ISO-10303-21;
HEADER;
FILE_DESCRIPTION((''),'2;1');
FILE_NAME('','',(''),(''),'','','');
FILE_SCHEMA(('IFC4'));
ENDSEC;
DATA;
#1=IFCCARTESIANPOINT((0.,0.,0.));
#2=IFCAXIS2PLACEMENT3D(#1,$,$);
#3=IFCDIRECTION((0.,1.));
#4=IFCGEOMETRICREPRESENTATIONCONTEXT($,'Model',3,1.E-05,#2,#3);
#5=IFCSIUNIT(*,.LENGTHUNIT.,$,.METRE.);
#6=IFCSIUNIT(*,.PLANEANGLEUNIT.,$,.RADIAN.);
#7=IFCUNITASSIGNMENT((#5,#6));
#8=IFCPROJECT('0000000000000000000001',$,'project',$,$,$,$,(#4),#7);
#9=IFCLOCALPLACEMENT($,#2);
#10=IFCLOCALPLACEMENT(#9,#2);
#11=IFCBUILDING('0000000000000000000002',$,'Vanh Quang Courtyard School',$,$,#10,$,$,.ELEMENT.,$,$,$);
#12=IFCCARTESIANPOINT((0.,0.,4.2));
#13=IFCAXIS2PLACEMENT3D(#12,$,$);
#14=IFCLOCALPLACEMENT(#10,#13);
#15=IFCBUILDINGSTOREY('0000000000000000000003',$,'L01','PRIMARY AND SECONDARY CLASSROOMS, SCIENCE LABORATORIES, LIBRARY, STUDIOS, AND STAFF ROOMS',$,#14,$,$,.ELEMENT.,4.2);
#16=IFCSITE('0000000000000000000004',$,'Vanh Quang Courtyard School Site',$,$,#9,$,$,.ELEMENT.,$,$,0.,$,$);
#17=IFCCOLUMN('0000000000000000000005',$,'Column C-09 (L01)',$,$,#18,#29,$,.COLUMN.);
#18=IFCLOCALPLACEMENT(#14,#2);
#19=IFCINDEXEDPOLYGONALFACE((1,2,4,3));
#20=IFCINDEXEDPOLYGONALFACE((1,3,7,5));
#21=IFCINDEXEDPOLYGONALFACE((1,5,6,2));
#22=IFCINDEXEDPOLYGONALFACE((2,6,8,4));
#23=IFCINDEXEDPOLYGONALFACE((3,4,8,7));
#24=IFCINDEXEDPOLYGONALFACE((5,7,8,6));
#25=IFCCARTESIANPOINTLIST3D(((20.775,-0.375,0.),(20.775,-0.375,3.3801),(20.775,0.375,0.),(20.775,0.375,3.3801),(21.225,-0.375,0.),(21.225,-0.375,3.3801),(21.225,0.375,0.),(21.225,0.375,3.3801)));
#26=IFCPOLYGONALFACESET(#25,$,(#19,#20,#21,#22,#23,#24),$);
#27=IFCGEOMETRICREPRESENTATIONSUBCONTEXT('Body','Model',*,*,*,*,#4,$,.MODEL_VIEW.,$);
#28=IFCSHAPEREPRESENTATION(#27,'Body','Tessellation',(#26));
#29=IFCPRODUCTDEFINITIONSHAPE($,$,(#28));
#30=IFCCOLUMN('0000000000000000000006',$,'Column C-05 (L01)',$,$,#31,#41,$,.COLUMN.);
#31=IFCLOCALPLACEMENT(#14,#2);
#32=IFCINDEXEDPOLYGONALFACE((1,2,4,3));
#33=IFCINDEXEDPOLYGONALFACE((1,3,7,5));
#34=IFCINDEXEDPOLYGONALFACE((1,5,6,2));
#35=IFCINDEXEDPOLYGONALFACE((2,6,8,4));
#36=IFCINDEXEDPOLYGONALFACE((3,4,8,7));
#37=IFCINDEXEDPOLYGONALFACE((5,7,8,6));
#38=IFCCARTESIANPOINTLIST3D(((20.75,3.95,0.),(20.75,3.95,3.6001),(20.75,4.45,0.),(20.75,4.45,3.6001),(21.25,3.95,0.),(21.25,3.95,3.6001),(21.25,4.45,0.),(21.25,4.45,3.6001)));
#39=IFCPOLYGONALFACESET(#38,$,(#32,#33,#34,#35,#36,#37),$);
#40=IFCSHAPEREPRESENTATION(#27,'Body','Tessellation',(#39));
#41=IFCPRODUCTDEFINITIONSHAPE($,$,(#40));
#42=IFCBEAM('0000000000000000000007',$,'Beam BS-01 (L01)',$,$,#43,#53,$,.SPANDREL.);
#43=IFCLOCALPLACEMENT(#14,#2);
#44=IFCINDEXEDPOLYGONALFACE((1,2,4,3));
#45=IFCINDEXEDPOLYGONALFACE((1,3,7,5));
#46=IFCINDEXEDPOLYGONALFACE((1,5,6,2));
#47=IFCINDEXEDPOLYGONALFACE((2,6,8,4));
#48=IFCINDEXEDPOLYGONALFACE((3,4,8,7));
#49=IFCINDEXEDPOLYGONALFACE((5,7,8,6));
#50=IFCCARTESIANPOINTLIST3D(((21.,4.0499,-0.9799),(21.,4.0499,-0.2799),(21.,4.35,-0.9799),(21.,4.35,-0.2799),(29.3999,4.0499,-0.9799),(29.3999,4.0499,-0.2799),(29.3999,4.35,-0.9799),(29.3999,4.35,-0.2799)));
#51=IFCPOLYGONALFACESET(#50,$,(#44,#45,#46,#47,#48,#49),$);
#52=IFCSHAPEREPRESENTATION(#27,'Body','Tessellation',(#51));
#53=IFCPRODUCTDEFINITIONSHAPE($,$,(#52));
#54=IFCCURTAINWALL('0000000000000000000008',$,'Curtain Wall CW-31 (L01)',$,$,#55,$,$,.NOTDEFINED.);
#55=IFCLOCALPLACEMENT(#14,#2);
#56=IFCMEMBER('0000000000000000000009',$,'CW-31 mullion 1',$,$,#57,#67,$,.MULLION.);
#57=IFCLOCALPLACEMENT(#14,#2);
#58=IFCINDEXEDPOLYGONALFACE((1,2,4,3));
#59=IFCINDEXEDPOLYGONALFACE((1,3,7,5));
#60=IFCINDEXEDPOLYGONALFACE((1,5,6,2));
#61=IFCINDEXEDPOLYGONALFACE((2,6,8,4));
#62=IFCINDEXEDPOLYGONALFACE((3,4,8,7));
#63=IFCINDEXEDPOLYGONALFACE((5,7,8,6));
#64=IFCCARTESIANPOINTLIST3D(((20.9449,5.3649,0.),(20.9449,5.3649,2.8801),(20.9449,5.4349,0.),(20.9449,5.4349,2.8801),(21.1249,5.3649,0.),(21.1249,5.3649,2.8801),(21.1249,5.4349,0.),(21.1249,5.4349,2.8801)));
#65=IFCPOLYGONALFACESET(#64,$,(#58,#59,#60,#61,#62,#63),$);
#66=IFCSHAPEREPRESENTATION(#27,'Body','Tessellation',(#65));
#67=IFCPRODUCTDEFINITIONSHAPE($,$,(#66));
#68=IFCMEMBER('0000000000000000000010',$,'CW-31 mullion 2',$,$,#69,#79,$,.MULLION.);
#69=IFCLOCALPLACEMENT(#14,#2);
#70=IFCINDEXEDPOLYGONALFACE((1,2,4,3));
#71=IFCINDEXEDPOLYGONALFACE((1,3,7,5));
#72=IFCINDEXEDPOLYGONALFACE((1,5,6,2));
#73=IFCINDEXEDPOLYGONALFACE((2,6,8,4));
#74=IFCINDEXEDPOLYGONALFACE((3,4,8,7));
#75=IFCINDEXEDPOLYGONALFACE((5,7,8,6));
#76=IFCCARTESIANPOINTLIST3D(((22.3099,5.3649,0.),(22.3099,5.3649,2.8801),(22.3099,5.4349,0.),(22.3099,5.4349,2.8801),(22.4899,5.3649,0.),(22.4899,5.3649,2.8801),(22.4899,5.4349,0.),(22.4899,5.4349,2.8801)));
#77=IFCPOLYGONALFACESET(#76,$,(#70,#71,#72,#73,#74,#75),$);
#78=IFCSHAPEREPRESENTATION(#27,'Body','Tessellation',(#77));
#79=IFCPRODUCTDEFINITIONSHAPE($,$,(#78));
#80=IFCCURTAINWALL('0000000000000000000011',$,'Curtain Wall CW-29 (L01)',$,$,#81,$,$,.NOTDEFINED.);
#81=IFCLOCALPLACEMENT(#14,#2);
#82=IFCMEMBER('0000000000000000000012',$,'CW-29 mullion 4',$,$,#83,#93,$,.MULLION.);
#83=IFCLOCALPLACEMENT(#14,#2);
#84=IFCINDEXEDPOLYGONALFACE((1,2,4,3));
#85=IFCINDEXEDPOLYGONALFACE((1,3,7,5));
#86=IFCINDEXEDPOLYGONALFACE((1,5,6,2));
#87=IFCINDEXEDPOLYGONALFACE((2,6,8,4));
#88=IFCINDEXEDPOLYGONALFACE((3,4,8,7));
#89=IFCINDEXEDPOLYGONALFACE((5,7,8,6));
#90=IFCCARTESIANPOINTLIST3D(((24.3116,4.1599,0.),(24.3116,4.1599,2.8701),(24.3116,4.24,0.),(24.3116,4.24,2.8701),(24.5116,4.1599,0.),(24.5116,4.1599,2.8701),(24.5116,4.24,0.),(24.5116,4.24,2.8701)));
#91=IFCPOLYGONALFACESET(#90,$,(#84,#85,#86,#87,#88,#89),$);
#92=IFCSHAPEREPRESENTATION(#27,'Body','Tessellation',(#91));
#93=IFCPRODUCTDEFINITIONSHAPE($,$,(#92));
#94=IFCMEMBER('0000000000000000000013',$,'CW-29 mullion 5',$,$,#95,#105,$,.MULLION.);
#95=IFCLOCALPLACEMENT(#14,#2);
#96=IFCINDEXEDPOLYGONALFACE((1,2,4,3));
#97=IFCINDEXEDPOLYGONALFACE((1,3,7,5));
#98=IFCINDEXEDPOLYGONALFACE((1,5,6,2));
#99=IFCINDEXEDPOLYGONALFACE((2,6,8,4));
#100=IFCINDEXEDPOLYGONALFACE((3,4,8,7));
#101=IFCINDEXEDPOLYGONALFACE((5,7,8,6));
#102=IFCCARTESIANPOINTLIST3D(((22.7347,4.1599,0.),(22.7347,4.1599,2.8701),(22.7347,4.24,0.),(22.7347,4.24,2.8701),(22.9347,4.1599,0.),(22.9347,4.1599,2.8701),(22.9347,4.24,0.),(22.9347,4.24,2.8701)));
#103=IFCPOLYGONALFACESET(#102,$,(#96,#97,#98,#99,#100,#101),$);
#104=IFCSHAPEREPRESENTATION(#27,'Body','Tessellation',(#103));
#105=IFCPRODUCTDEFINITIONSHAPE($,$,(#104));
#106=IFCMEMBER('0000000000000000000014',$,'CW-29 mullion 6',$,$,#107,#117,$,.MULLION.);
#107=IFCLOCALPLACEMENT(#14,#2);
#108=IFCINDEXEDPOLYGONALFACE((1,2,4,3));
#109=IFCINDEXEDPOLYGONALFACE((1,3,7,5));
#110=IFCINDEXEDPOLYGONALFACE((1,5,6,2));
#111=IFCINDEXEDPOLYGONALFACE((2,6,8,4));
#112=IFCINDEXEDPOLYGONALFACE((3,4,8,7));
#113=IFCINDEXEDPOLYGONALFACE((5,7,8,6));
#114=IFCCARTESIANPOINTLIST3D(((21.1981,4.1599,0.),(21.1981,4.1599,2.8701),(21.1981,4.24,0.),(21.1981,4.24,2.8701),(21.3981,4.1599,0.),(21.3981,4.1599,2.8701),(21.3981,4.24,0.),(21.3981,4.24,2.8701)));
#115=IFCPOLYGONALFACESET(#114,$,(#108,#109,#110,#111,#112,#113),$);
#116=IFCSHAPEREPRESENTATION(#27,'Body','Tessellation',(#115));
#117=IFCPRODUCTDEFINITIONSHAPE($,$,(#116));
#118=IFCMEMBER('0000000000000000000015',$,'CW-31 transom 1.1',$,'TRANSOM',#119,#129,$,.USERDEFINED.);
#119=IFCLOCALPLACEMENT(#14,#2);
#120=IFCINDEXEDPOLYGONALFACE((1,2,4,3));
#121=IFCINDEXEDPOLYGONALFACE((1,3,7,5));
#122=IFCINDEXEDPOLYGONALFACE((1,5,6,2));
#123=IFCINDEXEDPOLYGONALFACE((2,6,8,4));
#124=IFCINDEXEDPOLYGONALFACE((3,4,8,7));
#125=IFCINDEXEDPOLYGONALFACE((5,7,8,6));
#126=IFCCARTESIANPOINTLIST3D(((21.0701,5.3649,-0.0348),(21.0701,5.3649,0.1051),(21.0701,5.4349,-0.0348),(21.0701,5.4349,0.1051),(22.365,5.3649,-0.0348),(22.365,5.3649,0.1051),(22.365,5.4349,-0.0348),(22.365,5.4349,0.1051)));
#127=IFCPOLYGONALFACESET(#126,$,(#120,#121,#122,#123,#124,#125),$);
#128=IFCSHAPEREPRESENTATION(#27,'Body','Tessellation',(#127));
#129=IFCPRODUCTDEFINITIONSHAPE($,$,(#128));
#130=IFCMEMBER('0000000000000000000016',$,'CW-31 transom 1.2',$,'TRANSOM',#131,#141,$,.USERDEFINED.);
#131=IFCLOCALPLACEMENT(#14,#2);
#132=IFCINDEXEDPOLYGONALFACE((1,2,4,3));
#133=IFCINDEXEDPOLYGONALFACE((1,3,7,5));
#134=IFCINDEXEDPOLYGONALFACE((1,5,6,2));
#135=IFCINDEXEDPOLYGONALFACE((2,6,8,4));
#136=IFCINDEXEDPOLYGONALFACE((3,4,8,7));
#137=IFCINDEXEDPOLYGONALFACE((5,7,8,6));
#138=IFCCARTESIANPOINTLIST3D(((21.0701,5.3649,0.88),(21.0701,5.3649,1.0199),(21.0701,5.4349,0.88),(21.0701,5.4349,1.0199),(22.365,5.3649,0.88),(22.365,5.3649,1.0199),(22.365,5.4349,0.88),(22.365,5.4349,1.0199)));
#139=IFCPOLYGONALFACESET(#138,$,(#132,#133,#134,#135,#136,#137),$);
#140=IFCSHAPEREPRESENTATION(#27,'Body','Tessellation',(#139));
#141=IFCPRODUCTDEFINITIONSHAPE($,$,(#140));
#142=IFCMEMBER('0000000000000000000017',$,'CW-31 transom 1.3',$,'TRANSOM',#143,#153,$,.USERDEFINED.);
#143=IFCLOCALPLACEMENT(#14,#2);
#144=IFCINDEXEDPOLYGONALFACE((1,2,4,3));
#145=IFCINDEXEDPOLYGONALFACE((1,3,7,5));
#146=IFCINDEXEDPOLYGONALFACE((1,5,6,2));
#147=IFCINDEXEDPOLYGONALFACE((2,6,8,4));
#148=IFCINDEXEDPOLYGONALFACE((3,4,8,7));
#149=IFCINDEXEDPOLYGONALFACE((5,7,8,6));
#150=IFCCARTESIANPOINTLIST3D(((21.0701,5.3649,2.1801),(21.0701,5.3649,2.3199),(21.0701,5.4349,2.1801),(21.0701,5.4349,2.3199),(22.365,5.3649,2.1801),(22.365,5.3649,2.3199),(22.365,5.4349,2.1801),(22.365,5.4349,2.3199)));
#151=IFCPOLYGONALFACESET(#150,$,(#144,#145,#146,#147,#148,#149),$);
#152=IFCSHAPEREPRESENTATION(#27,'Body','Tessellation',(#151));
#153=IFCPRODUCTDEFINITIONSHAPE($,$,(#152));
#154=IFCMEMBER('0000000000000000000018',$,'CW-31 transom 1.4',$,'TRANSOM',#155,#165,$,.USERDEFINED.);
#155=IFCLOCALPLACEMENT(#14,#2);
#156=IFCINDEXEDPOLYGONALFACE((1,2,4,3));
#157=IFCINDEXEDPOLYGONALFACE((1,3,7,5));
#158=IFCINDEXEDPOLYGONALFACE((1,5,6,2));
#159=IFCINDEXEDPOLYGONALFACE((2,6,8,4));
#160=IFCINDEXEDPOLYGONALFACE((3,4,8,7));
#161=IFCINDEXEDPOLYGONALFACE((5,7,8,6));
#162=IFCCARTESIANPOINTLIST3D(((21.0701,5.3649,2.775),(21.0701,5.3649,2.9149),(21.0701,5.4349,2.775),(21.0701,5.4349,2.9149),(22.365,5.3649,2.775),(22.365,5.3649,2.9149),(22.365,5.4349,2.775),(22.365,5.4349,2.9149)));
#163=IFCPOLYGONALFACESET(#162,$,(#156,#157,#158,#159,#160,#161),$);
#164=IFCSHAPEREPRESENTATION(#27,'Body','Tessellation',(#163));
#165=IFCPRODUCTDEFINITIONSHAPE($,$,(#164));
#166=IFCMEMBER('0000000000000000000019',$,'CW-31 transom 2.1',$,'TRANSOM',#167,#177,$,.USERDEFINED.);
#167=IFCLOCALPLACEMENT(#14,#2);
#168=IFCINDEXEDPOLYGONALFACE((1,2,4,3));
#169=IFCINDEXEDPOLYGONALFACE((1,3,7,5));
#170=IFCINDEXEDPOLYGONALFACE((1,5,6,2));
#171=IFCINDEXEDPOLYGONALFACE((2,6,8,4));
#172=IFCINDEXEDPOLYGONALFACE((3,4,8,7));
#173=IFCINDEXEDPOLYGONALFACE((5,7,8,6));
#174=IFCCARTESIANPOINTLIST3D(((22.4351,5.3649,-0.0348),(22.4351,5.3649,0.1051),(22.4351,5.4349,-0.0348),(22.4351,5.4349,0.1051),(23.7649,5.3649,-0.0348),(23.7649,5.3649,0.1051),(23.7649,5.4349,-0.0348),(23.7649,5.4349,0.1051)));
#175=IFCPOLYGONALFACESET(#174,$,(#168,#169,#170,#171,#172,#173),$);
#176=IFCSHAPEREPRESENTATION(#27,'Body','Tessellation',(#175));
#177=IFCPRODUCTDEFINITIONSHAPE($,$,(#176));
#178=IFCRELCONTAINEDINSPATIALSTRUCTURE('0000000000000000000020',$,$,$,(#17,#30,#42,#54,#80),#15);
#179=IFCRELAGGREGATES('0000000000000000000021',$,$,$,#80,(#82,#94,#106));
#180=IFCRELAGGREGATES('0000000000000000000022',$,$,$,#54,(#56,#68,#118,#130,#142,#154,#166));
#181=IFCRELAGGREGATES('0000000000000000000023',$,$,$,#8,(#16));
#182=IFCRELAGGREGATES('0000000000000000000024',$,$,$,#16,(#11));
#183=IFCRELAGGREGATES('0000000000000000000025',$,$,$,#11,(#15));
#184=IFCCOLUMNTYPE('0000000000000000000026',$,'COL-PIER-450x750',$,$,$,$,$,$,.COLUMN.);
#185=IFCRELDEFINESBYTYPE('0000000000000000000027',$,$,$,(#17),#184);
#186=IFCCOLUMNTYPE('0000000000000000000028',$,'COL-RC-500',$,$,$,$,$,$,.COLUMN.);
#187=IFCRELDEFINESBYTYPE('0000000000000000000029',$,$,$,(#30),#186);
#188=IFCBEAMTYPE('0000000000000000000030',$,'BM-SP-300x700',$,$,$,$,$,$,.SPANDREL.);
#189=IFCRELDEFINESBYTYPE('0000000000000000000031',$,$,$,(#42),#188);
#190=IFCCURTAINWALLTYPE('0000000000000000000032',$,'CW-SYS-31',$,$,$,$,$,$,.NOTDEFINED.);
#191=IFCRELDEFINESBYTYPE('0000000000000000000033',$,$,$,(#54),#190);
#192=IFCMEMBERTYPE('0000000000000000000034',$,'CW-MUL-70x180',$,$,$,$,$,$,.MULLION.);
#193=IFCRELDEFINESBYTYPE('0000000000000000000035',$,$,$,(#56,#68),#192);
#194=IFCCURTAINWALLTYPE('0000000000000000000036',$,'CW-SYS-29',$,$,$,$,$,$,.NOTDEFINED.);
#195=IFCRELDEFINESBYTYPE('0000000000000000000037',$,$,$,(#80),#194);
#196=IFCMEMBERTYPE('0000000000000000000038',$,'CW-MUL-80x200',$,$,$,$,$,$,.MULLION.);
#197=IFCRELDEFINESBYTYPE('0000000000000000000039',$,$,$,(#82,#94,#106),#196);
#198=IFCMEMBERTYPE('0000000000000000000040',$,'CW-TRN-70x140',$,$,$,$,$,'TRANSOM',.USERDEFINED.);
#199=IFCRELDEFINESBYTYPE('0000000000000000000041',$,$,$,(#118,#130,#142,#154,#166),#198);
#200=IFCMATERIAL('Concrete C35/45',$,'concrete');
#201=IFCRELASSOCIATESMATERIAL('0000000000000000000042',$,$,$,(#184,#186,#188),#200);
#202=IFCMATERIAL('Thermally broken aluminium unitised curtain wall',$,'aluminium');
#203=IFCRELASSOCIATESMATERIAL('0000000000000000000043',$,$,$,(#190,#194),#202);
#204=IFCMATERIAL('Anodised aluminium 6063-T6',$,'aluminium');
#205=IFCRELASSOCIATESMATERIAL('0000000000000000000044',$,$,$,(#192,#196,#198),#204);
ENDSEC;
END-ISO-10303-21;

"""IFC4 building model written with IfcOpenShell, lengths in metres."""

from ifc_helpers import new_model, si_unit, direction, frame, origin, origin_2d, place, context, subcontext, project, spatial, rectangle, extrude, material, material_profile, profile_set, type_object, element, aggregate, save


model = new_model("IFC4")

# Units and contexts
model_context = context("Model", 3, precision=1e-05, world=origin(), true_north=direction((0.0, 1.0)))
body_context = subcontext(model_context, "Body", "Model", "MODEL_VIEW")
ifc_project = project(units=[si_unit("LENGTHUNIT", "METRE"), si_unit("PLANEANGLEUNIT", "RADIAN")], contexts=[model_context])

# Site, building, storey
site_placement = place(None, origin())
site = spatial("IfcSite", under=ifc_project, at=site_placement, Name="Vanh Quang Courtyard School Site", CompositionType="ELEMENT", RefElevation=0.0)
building_placement = place(site_placement, origin())
building = spatial("IfcBuilding", under=site, at=building_placement, Name="Vanh Quang Courtyard School", CompositionType="ELEMENT")
storey_placement = place(building_placement, frame((0.0, 0.0, 4.2)))
storey = spatial("IfcBuildingStorey", under=building, at=storey_placement, Name="L01", Description="PRIMARY AND SECONDARY CLASSROOMS, SCIENCE LABORATORIES, LIBRARY, STUDIOS, AND STAFF ROOMS", CompositionType="ELEMENT", Elevation=4.2)

# Columns
ifc_material_1 = material(Name="Concrete C35/45", Category="concrete")
ifc_material_profile_1 = material_profile(ifc_material_1, rectangle(XDim=0.45, YDim=0.75, at=origin_2d()), Name="RC-PIER 450x750")
ifc_profile_set_1 = profile_set([ifc_material_profile_1], Name="Concrete C35/45")
column_type_1 = type_object("IfcColumnType", Name="COL-PIER-450x750", PredefinedType="COLUMN", material=ifc_profile_set_1)
column_1_placement = place(storey_placement, frame((21.0, 0.0, 0.0), z_axis=(0.0, 0.0, 1.0), x_axis=(1.0, 0.0, 0.0)))
element("IfcColumn", 1, at=column_1_placement, inside=storey, type_object=column_type_1, Name="Column C-09 (L01)", PredefinedType="COLUMN", context=body_context, shape_type="SweptSolid", body=[
    extrude(rectangle(XDim=0.45, YDim=0.75, at=origin_2d()), origin(), (0.0, 0.0, 1.0), 3.3801),
])
ifc_material_profile_2 = material_profile(ifc_material_1, rectangle(XDim=0.5, YDim=0.5, at=origin_2d()), Name="RC-COL 500x500")
ifc_profile_set_2 = profile_set([ifc_material_profile_2], Name="Concrete C35/45")
column_type_2 = type_object("IfcColumnType", Name="COL-RC-500", PredefinedType="COLUMN", material=ifc_profile_set_2)
column_2_placement = place(storey_placement, frame((21.0, 4.2, 0.0), z_axis=(0.0, 0.0, 1.0), x_axis=(1.0, 0.0, 0.0)))
element("IfcColumn", 2, at=column_2_placement, inside=storey, type_object=column_type_2, Name="Column C-05 (L01)", PredefinedType="COLUMN", context=body_context, shape_type="SweptSolid", body=[
    extrude(rectangle(XDim=0.5, YDim=0.5, at=origin_2d()), origin(), (0.0, 0.0, 1.0), 3.6001),
])

# Beam
ifc_material_profile_3 = material_profile(ifc_material_1, rectangle(XDim=0.3, YDim=0.7, at=origin_2d()), Name="RC-SP 300x700")
ifc_profile_set_3 = profile_set([ifc_material_profile_3], Name="Concrete C35/45")
beam_type = type_object("IfcBeamType", Name="BM-SP-300x700", PredefinedType="SPANDREL", material=ifc_profile_set_3)
beam_placement = place(storey_placement, frame((21.0, 4.2, -0.6299), z_axis=(1.0, 0.0, 0.0), x_axis=(0.0, 1.0, 0.0)))
element("IfcBeam", 3, at=beam_placement, inside=storey, type_object=beam_type, Name="Beam BS-01 (L01)", PredefinedType="SPANDREL", context=body_context, shape_type="SweptSolid", body=[
    extrude(rectangle(XDim=0.3, YDim=0.7, at=origin_2d()), origin(), (0.0, 0.0, 1.0), 8.3999),
])

# Curtain walls, members
ifc_material_2 = material(Name="Thermally broken aluminium unitised curtain wall", Category="aluminium")
curtain_wall_type_1 = type_object("IfcCurtainWallType", Name="CW-SYS-31", PredefinedType="NOTDEFINED", material=ifc_material_2)
curtain_wall_1_placement = place(storey_placement, origin())
curtain_wall_1 = element("IfcCurtainWall", 4, at=curtain_wall_1_placement, inside=storey, type_object=curtain_wall_type_1, Name="Curtain Wall CW-31 (L01)", PredefinedType="NOTDEFINED")
ifc_material_3 = material(Name="Anodised aluminium 6063-T6", Category="aluminium")
ifc_material_profile_4 = material_profile(ifc_material_3, rectangle(XDim=0.0701, YDim=0.1799, at=origin_2d()), Name="ALU-MUL 70x180")
ifc_profile_set_4 = profile_set([ifc_material_profile_4], Name="Anodised aluminium 6063-T6")
member_type_1 = type_object("IfcMemberType", Name="CW-MUL-70x180", PredefinedType="MULLION", material=ifc_profile_set_4)
member_1_placement = place(storey_placement, frame((21.0349, 5.3999, 0.0), z_axis=(0.0, 0.0, 1.0), x_axis=(0.0, 1.0, 0.0)))
member_1 = element("IfcMember", 5, at=member_1_placement, type_object=member_type_1, Name="CW-31 mullion 1", PredefinedType="MULLION", context=body_context, shape_type="SweptSolid", body=[
    extrude(rectangle(XDim=0.0701, YDim=0.1799, at=origin_2d()), origin(), (0.0, 0.0, 1.0), 2.8801),
])
member_2_placement = place(storey_placement, frame((22.3999, 5.3999, 0.0), z_axis=(0.0, 0.0, 1.0), x_axis=(0.0, 1.0, 0.0)))
member_2 = element("IfcMember", 6, at=member_2_placement, type_object=member_type_1, Name="CW-31 mullion 2", PredefinedType="MULLION", context=body_context, shape_type="SweptSolid", body=[
    extrude(rectangle(XDim=0.0701, YDim=0.1799, at=origin_2d()), origin(), (0.0, 0.0, 1.0), 2.8801),
])
curtain_wall_type_2 = type_object("IfcCurtainWallType", Name="CW-SYS-29", PredefinedType="NOTDEFINED", material=ifc_material_2)
curtain_wall_2_placement = place(storey_placement, origin())
curtain_wall_2 = element("IfcCurtainWall", 7, at=curtain_wall_2_placement, inside=storey, type_object=curtain_wall_type_2, Name="Curtain Wall CW-29 (L01)", PredefinedType="NOTDEFINED")
ifc_material_profile_5 = material_profile(ifc_material_3, rectangle(XDim=0.0801, YDim=0.2, at=origin_2d()), Name="ALU-MUL 80x200")
ifc_profile_set_5 = profile_set([ifc_material_profile_5], Name="Anodised aluminium 6063-T6")
member_type_2 = type_object("IfcMemberType", Name="CW-MUL-80x200", PredefinedType="MULLION", material=ifc_profile_set_5)
member_3_placement = place(storey_placement, frame((24.4116, 4.2, 0.0), z_axis=(0.0, 0.0, 1.0), x_axis=(0.0, -1.0, 0.0)))
member_3 = element("IfcMember", 8, at=member_3_placement, type_object=member_type_2, Name="CW-29 mullion 4", PredefinedType="MULLION", context=body_context, shape_type="SweptSolid", body=[
    extrude(rectangle(XDim=0.0801, YDim=0.2, at=origin_2d()), origin(), (0.0, 0.0, 1.0), 2.8701),
])
member_4_placement = place(storey_placement, frame((22.8347, 4.2, 0.0), z_axis=(0.0, 0.0, 1.0), x_axis=(0.0, -1.0, 0.0)))
member_4 = element("IfcMember", 9, at=member_4_placement, type_object=member_type_2, Name="CW-29 mullion 5", PredefinedType="MULLION", context=body_context, shape_type="SweptSolid", body=[
    extrude(rectangle(XDim=0.0801, YDim=0.2, at=origin_2d()), origin(), (0.0, 0.0, 1.0), 2.8701),
])
member_5_placement = place(storey_placement, frame((21.2981, 4.2, 0.0), z_axis=(0.0, 0.0, 1.0), x_axis=(0.0, -1.0, 0.0)))
member_5 = element("IfcMember", 10, at=member_5_placement, type_object=member_type_2, Name="CW-29 mullion 6", PredefinedType="MULLION", context=body_context, shape_type="SweptSolid", body=[
    extrude(rectangle(XDim=0.0801, YDim=0.2, at=origin_2d()), origin(), (0.0, 0.0, 1.0), 2.8701),
])

# Members
ifc_material_profile_6 = material_profile(ifc_material_3, rectangle(XDim=0.0701, YDim=0.1399, at=origin_2d()), Name="ALU-TRN 70x140")
ifc_profile_set_6 = profile_set([ifc_material_profile_6], Name="Anodised aluminium 6063-T6")
member_type_3 = type_object("IfcMemberType", Name="CW-TRN-70x140", ElementType="TRANSOM", PredefinedType="USERDEFINED", material=ifc_profile_set_6)
member_6_placement = place(storey_placement, frame((21.0701, 5.3999, 0.0352), z_axis=(1.0, 0.0, 0.0), x_axis=(0.0, 1.0, 0.0)))
member_6 = element("IfcMember", 11, at=member_6_placement, type_object=member_type_3, Name="CW-31 transom 1.1", ObjectType="TRANSOM", PredefinedType="USERDEFINED", context=body_context, shape_type="SweptSolid", body=[
    extrude(rectangle(XDim=0.0701, YDim=0.1399, at=origin_2d()), origin(), (0.0, 0.0, 1.0), 1.2949),
])
member_7_placement = place(storey_placement, frame((21.0701, 5.3999, 0.95), z_axis=(1.0, 0.0, 0.0), x_axis=(0.0, 1.0, 0.0)))
member_7 = element("IfcMember", 12, at=member_7_placement, type_object=member_type_3, Name="CW-31 transom 1.2", ObjectType="TRANSOM", PredefinedType="USERDEFINED", context=body_context, shape_type="SweptSolid", body=[
    extrude(rectangle(XDim=0.0701, YDim=0.1399, at=origin_2d()), origin(), (0.0, 0.0, 1.0), 1.2949),
])
member_8_placement = place(storey_placement, frame((21.0701, 5.3999, 2.25), z_axis=(1.0, 0.0, 0.0), x_axis=(0.0, 1.0, 0.0)))
member_8 = element("IfcMember", 13, at=member_8_placement, type_object=member_type_3, Name="CW-31 transom 1.3", ObjectType="TRANSOM", PredefinedType="USERDEFINED", context=body_context, shape_type="SweptSolid", body=[
    extrude(rectangle(XDim=0.0701, YDim=0.1399, at=origin_2d()), origin(), (0.0, 0.0, 1.0), 1.2949),
])
member_9_placement = place(storey_placement, frame((21.0701, 5.3999, 2.845), z_axis=(1.0, 0.0, 0.0), x_axis=(0.0, 1.0, 0.0)))
member_9 = element("IfcMember", 14, at=member_9_placement, type_object=member_type_3, Name="CW-31 transom 1.4", ObjectType="TRANSOM", PredefinedType="USERDEFINED", context=body_context, shape_type="SweptSolid", body=[
    extrude(rectangle(XDim=0.0701, YDim=0.1399, at=origin_2d()), origin(), (0.0, 0.0, 1.0), 1.2949),
])
member_10_placement = place(storey_placement, frame((22.4351, 5.3999, 0.0352), z_axis=(1.0, 0.0, 0.0), x_axis=(0.0, 1.0, 0.0)))
member_10 = element("IfcMember", 15, at=member_10_placement, type_object=member_type_3, Name="CW-31 transom 2.1", ObjectType="TRANSOM", PredefinedType="USERDEFINED", context=body_context, shape_type="SweptSolid", body=[
    extrude(rectangle(XDim=0.0701, YDim=0.1399, at=origin_2d()), origin(), (0.0, 0.0, 1.0), 1.3298),
])

aggregate(curtain_wall_2, [member_3, member_4, member_5])
aggregate(curtain_wall_1, [member_1, member_2, member_6, member_7, member_8, member_9, member_10])

save(model, "model.ifc")
